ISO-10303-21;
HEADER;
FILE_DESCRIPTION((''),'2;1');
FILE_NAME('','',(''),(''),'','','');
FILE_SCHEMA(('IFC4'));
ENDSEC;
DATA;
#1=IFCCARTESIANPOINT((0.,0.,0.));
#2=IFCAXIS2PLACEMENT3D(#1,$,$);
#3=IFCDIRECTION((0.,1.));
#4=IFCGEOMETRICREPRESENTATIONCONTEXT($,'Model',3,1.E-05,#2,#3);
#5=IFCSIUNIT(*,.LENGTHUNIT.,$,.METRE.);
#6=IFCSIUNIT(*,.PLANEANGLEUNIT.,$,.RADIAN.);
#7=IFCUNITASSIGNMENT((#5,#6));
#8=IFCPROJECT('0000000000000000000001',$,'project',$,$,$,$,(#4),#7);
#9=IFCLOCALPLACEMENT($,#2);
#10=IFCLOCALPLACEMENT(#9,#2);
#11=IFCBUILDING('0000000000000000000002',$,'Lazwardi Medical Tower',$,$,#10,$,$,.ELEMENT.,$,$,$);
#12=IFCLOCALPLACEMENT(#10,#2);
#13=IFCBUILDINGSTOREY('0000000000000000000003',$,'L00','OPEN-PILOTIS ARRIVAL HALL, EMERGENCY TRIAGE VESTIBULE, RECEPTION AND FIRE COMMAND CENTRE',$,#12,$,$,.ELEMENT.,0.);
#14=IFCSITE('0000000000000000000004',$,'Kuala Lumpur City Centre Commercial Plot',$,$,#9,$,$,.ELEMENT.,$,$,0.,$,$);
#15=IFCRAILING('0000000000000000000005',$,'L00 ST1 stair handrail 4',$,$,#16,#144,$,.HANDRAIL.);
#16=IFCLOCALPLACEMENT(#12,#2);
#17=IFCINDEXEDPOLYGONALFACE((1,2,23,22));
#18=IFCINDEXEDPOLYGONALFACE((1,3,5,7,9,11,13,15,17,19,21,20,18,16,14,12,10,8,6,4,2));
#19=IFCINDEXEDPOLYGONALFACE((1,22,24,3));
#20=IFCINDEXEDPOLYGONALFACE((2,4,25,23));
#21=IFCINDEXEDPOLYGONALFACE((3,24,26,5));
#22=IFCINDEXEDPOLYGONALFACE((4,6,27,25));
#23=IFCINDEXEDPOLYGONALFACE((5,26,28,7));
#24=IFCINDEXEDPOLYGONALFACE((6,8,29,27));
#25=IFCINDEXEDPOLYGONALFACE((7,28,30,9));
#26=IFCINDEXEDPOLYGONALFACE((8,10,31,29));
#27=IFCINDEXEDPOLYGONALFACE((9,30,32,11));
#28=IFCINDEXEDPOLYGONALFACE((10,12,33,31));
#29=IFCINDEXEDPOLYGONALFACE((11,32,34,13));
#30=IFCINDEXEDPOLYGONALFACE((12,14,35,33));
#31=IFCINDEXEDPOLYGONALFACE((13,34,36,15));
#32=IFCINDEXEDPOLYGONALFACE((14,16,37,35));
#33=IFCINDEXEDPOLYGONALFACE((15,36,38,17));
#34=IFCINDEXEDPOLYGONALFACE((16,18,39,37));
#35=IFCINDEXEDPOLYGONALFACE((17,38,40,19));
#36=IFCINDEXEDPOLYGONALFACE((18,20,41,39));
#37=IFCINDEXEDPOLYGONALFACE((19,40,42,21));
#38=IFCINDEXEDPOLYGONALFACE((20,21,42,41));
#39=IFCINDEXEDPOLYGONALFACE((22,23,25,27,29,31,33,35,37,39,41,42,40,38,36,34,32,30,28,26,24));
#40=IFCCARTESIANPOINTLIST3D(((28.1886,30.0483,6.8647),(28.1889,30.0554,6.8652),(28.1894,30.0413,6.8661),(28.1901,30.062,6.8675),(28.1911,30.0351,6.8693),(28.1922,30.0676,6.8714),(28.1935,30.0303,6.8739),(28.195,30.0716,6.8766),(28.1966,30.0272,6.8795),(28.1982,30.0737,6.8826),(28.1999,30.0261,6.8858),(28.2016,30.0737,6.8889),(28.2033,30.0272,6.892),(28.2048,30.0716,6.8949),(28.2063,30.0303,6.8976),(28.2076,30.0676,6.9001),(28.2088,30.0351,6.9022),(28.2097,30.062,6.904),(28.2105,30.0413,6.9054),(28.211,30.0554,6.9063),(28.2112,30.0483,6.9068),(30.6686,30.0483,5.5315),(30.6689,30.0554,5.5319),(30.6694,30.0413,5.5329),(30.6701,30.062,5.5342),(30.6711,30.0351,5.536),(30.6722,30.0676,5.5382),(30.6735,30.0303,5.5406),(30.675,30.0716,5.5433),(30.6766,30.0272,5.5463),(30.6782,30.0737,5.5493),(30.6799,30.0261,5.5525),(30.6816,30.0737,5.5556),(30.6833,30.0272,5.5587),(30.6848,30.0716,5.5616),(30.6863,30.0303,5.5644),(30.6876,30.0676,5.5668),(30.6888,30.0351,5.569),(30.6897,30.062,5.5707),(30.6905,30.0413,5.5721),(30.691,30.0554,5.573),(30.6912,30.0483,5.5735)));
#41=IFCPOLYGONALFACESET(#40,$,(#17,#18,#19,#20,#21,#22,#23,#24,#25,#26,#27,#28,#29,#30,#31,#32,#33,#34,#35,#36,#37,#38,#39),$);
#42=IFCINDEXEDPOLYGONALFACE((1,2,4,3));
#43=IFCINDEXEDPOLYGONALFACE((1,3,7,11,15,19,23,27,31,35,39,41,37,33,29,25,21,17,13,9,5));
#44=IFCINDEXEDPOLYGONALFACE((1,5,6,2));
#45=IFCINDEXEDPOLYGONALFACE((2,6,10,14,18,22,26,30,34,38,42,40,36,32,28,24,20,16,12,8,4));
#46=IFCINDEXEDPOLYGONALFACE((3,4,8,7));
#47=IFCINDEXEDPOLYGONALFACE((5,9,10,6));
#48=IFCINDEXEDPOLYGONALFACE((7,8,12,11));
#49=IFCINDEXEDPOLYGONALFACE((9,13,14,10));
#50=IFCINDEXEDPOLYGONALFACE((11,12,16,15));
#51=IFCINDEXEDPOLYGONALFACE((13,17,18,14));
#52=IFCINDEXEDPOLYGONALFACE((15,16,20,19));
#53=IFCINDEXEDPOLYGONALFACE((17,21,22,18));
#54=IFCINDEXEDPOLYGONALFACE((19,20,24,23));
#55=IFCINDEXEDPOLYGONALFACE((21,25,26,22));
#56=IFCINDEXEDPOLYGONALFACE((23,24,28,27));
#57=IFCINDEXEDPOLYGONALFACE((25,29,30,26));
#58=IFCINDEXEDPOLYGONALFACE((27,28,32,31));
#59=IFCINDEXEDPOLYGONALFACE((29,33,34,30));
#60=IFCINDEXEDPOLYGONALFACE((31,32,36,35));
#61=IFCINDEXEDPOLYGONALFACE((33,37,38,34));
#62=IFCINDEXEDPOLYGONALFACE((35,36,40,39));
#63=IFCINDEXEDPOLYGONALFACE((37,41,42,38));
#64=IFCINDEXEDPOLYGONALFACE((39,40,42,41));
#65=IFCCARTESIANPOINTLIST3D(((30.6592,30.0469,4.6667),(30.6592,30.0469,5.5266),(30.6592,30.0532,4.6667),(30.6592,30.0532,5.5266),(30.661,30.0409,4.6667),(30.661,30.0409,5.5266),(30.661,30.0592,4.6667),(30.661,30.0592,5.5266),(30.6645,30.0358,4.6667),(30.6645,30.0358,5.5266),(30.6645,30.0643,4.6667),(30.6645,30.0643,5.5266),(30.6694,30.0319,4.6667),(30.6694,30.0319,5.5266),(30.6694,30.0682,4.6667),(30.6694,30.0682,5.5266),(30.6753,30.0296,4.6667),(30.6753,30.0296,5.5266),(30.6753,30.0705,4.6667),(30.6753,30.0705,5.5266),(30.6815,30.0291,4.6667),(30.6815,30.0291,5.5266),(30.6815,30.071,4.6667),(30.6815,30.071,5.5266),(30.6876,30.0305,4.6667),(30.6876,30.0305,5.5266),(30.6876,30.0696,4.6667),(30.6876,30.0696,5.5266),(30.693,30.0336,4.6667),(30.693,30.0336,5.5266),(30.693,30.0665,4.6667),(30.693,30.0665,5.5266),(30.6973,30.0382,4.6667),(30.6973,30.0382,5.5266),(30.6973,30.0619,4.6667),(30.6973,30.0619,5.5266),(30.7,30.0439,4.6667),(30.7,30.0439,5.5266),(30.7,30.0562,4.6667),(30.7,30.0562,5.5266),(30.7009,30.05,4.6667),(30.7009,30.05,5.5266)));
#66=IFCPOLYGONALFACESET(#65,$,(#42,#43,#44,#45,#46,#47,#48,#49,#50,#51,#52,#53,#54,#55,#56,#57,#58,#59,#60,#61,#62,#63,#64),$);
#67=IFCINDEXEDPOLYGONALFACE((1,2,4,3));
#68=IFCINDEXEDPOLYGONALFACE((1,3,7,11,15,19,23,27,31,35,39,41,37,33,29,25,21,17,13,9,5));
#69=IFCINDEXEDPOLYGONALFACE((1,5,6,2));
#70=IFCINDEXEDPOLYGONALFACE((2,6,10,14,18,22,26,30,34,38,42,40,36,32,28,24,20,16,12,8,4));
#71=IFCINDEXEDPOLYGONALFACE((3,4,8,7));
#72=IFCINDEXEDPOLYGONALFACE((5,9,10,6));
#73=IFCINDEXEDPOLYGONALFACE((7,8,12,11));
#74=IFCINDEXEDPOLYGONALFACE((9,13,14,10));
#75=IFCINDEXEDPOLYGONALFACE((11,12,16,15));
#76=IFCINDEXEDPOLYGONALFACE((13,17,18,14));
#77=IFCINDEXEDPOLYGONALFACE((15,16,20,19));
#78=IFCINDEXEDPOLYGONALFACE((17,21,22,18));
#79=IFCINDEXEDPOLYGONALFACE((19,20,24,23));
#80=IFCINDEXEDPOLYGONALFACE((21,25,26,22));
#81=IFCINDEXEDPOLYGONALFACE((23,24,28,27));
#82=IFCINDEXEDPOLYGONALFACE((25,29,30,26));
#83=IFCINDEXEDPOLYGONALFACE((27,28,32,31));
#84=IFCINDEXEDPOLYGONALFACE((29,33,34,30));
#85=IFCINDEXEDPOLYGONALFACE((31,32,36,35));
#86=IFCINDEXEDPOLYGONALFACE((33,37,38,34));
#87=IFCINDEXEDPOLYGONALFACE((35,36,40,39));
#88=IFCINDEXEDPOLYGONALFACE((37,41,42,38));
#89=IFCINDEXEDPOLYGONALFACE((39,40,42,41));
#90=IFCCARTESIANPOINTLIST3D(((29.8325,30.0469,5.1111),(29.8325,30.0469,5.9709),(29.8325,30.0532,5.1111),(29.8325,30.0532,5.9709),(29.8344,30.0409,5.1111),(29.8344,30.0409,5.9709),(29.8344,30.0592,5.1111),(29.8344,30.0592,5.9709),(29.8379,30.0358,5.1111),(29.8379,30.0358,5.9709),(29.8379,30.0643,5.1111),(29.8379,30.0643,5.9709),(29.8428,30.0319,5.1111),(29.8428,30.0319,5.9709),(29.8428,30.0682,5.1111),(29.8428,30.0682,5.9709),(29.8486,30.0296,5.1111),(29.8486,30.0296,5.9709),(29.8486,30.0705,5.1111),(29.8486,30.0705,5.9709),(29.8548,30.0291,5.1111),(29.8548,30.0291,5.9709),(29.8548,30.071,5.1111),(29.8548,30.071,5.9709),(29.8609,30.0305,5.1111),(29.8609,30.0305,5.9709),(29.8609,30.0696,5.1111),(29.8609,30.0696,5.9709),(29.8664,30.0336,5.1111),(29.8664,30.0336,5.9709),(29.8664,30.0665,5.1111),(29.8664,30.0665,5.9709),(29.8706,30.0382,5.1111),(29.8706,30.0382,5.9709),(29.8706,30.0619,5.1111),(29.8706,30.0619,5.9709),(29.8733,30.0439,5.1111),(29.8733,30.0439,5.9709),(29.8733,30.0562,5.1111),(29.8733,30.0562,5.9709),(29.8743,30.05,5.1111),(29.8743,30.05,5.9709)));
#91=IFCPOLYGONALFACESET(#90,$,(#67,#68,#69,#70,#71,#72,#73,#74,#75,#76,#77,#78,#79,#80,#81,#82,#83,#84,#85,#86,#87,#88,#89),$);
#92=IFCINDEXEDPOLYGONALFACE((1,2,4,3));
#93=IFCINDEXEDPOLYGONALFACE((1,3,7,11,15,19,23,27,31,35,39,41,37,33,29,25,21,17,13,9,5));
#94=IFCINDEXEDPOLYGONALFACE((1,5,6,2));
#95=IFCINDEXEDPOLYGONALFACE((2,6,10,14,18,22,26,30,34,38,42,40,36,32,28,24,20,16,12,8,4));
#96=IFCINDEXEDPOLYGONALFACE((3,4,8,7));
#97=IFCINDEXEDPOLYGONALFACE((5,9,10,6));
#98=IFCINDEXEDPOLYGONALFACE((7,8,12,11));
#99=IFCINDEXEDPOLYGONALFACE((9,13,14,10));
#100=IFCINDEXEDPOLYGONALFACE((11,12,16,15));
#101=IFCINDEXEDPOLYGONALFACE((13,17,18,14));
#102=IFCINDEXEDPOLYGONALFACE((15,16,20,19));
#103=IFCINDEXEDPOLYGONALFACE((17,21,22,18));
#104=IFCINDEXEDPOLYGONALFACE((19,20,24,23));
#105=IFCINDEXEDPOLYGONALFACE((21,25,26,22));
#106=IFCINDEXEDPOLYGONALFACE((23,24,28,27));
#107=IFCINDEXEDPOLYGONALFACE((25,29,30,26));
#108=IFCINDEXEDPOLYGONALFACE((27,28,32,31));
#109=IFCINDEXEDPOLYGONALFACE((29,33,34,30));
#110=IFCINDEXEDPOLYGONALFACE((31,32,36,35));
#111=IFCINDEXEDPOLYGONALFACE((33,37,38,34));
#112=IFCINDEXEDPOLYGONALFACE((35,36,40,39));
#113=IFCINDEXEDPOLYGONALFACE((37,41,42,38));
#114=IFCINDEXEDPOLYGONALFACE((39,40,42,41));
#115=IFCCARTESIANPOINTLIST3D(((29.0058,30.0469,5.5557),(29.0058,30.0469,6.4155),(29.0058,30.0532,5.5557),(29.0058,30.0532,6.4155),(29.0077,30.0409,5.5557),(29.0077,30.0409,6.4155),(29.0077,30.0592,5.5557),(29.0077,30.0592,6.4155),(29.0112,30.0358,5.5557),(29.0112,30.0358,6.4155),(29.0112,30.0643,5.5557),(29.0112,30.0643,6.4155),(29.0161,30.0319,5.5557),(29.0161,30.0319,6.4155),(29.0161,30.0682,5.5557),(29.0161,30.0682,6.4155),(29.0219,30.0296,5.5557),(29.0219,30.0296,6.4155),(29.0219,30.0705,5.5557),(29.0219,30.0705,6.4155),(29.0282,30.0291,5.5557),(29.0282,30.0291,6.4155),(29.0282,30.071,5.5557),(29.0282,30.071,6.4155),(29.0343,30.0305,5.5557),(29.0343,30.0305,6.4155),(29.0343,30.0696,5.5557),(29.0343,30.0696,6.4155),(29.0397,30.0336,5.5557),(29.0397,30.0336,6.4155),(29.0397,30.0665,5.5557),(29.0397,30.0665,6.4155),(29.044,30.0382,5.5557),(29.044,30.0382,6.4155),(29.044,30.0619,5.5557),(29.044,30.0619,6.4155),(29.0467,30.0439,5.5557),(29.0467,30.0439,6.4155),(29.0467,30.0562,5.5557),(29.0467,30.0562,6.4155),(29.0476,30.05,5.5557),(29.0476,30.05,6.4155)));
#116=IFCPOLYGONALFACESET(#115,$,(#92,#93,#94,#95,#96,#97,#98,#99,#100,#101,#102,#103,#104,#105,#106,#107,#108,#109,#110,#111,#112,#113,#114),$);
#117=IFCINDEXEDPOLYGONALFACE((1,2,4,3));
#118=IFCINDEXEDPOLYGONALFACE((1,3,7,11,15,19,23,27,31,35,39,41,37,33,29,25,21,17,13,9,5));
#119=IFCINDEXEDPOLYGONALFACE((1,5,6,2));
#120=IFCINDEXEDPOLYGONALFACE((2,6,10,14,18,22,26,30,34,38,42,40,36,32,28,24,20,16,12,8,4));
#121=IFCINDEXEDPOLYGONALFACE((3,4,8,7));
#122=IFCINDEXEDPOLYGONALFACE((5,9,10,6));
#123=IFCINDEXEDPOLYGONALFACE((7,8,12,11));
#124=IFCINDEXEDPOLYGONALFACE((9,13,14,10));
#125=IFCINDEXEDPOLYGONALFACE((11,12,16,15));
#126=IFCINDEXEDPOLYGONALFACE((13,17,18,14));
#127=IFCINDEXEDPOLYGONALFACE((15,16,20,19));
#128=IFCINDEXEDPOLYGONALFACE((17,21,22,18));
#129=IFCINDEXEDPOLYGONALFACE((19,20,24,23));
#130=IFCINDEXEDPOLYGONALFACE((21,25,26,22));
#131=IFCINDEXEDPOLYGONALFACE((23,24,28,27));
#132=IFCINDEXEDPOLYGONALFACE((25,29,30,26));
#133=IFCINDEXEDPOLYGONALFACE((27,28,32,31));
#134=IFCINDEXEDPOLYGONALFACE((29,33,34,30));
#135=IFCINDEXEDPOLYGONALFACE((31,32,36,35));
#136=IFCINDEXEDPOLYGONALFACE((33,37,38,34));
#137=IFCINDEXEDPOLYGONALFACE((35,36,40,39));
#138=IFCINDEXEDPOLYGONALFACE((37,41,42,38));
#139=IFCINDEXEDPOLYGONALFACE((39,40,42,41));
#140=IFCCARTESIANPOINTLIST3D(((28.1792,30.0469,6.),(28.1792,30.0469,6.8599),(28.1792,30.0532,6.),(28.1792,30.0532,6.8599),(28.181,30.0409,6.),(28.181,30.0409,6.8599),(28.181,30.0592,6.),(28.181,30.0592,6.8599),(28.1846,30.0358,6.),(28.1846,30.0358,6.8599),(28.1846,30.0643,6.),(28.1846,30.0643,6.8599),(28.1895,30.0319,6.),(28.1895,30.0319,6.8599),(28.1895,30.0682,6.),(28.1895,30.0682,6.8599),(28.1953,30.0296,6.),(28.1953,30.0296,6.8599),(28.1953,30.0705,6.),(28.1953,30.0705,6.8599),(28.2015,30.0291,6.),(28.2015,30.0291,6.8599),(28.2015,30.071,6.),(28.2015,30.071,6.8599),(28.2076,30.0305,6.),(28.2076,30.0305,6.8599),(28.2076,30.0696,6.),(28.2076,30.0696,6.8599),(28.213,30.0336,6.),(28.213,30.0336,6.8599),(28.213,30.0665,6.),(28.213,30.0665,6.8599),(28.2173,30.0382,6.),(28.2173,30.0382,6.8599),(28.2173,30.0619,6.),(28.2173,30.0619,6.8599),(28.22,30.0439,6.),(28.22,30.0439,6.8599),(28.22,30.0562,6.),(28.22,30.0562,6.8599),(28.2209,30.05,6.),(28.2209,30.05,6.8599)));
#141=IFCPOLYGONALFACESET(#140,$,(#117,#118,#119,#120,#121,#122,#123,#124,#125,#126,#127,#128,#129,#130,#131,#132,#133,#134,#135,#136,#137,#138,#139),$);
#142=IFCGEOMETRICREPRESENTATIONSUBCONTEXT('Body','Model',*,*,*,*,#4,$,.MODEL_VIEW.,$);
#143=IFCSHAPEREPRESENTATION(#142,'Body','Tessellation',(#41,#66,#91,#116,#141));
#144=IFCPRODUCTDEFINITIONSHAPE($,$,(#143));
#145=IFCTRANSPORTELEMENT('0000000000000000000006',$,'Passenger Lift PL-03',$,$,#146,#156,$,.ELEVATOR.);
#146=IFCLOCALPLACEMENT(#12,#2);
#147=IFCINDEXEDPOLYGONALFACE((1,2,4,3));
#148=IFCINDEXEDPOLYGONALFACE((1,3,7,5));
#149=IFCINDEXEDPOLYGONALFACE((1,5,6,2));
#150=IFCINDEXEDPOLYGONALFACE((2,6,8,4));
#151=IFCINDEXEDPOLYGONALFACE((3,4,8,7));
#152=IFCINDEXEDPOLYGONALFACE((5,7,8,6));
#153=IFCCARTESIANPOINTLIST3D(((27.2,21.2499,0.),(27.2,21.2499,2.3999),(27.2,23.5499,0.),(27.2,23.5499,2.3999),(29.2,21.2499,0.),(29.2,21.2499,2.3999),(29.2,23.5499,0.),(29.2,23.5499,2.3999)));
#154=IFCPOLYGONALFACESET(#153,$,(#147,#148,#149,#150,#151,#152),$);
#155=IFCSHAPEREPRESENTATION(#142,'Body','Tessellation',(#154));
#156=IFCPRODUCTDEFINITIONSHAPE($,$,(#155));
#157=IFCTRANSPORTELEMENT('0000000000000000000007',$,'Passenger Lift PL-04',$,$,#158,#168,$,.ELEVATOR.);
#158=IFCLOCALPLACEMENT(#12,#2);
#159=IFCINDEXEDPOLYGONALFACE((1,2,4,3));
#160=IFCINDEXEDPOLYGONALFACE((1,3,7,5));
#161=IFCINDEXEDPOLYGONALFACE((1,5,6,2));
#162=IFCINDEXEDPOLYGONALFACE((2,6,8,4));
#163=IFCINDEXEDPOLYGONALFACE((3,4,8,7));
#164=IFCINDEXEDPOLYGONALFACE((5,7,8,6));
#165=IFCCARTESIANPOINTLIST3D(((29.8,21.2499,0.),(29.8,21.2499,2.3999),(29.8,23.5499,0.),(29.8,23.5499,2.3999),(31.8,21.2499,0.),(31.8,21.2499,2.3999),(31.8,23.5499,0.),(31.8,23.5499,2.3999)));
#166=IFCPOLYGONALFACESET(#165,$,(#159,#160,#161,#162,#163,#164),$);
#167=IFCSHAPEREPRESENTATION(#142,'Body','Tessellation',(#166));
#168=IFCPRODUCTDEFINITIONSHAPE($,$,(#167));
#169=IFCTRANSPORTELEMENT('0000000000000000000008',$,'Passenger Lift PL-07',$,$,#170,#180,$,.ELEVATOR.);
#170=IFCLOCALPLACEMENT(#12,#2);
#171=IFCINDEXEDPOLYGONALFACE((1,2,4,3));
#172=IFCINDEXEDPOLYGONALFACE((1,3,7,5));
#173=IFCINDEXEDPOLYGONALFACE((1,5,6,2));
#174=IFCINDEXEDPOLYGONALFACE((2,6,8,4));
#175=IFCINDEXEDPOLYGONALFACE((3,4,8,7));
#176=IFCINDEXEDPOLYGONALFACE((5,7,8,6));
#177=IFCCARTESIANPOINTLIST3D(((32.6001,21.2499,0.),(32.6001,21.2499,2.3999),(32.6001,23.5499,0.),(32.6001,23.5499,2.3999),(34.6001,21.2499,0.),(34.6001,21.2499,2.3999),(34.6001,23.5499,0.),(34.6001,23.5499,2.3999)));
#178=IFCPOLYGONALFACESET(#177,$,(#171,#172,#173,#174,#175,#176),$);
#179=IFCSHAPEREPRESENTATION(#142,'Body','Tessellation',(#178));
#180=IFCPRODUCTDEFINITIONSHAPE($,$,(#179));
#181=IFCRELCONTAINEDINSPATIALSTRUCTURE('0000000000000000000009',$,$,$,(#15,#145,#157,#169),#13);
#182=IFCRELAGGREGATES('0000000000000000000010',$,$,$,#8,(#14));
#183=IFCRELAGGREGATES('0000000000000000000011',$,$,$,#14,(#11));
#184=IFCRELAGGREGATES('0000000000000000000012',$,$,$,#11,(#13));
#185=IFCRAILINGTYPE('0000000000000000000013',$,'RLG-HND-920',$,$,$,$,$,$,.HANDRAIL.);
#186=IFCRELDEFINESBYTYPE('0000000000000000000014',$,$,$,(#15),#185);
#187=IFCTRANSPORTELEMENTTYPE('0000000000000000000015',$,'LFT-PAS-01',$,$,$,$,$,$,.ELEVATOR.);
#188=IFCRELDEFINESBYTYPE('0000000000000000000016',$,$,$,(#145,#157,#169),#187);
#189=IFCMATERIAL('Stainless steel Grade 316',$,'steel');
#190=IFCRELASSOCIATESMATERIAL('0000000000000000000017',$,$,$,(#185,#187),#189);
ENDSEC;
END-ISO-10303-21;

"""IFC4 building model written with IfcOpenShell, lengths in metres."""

from ifc_helpers import new_model, si_unit, direction, frame, origin, origin_2d, place, context, subcontext, project, spatial, rectangle, circle, extrude, material, type_object, element, save


model = new_model("IFC4")

# Units and contexts
model_context = context("Model", 3, precision=1e-05, world=origin(), true_north=direction((0.0, 1.0)))
body_context = subcontext(model_context, "Body", "Model", "MODEL_VIEW")
ifc_project = project(units=[si_unit("LENGTHUNIT", "METRE"), si_unit("PLANEANGLEUNIT", "RADIAN")], contexts=[model_context])

# Site, building, storey
site_placement = place(None, origin())
site = spatial("IfcSite", under=ifc_project, at=site_placement, Name="Kuala Lumpur City Centre Commercial Plot", CompositionType="ELEMENT", RefElevation=0.0)
building_placement = place(site_placement, origin())
building = spatial("IfcBuilding", under=site, at=building_placement, Name="Lazwardi Medical Tower", CompositionType="ELEMENT")
storey_placement = place(building_placement, origin())
storey = spatial("IfcBuildingStorey", under=building, at=storey_placement, Name="L00", Description="OPEN-PILOTIS ARRIVAL HALL, EMERGENCY TRIAGE VESTIBULE, RECEPTION AND FIRE COMMAND CENTRE", CompositionType="ELEMENT", Elevation=0.0)

# Railing
ifc_material_1 = material(Name="Stainless steel Grade 316", Category="steel")
railing_type_1 = type_object("IfcRailingType", Name="RLG-HND-920", PredefinedType="HANDRAIL", material=ifc_material_1)
railing_1_placement = place(storey_placement, frame((30.6799, 30.05, 4.6667)))
element("IfcRailing", 1, at=railing_1_placement, inside=storey, type_object=railing_type_1, Name="L00 ST1 stair handrail 4", PredefinedType="HANDRAIL", context=body_context, shape_type="SweptSolid", body=[
    extrude(circle(Radius=0.0239, at=origin_2d()), frame((0.0, 0.0, 0.8857), z_axis=(-0.880786, 0.0, 0.473515), x_axis=(0.0, -1.0, 0.0)), (0.0, 0.0, 1.0), 2.8157),
    extrude(circle(Radius=0.021, at=origin_2d()), origin(), (0.0, 0.0, 1.0), 0.8599),
    extrude(circle(Radius=0.021, at=origin_2d()), frame((-0.8267, 0.0, 0.4443)), (0.0, 0.0, 1.0), 0.8599),
    extrude(circle(Radius=0.021, at=origin_2d()), frame((-1.6533, 0.0, 0.8889)), (0.0, 0.0, 1.0), 0.8599),
    extrude(circle(Radius=0.021, at=origin_2d()), frame((-2.48, 0.0, 1.3333)), (0.0, 0.0, 1.0), 0.8599),
])

# Transport elements
transport_element_type = type_object("IfcTransportElementType", Name="LFT-PAS-01", PredefinedType="ELEVATOR", material=ifc_material_1)
for number, where, z_axis, x_axis, name in (
    (2, (28.2, 22.3999, 0.0), (0.0, 0.0, 1.0), (1.0, 0.0, 0.0), "Passenger Lift PL-03"),
    (3, (30.8, 22.3999, 0.0), (0.0, 0.0, 1.0), (1.0, 0.0, 0.0), "Passenger Lift PL-04"),
    (4, (33.6001, 22.3999, 0.0), (0.0, 0.0, 1.0), (1.0, 0.0, 0.0), "Passenger Lift PL-07"),
):
    element("IfcTransportElement", number, at=place(storey_placement, frame(where, z_axis=z_axis, x_axis=x_axis)), inside=storey, type_object=transport_element_type, Name=name, PredefinedType="ELEVATOR", context=body_context, shape_type="SweptSolid", body=[
        extrude(rectangle(XDim=2.0, YDim=2.3, at=origin_2d()), origin(), (0.0, 0.0, 1.0), 2.3999),
    ])

save(model, "model.ifc")
